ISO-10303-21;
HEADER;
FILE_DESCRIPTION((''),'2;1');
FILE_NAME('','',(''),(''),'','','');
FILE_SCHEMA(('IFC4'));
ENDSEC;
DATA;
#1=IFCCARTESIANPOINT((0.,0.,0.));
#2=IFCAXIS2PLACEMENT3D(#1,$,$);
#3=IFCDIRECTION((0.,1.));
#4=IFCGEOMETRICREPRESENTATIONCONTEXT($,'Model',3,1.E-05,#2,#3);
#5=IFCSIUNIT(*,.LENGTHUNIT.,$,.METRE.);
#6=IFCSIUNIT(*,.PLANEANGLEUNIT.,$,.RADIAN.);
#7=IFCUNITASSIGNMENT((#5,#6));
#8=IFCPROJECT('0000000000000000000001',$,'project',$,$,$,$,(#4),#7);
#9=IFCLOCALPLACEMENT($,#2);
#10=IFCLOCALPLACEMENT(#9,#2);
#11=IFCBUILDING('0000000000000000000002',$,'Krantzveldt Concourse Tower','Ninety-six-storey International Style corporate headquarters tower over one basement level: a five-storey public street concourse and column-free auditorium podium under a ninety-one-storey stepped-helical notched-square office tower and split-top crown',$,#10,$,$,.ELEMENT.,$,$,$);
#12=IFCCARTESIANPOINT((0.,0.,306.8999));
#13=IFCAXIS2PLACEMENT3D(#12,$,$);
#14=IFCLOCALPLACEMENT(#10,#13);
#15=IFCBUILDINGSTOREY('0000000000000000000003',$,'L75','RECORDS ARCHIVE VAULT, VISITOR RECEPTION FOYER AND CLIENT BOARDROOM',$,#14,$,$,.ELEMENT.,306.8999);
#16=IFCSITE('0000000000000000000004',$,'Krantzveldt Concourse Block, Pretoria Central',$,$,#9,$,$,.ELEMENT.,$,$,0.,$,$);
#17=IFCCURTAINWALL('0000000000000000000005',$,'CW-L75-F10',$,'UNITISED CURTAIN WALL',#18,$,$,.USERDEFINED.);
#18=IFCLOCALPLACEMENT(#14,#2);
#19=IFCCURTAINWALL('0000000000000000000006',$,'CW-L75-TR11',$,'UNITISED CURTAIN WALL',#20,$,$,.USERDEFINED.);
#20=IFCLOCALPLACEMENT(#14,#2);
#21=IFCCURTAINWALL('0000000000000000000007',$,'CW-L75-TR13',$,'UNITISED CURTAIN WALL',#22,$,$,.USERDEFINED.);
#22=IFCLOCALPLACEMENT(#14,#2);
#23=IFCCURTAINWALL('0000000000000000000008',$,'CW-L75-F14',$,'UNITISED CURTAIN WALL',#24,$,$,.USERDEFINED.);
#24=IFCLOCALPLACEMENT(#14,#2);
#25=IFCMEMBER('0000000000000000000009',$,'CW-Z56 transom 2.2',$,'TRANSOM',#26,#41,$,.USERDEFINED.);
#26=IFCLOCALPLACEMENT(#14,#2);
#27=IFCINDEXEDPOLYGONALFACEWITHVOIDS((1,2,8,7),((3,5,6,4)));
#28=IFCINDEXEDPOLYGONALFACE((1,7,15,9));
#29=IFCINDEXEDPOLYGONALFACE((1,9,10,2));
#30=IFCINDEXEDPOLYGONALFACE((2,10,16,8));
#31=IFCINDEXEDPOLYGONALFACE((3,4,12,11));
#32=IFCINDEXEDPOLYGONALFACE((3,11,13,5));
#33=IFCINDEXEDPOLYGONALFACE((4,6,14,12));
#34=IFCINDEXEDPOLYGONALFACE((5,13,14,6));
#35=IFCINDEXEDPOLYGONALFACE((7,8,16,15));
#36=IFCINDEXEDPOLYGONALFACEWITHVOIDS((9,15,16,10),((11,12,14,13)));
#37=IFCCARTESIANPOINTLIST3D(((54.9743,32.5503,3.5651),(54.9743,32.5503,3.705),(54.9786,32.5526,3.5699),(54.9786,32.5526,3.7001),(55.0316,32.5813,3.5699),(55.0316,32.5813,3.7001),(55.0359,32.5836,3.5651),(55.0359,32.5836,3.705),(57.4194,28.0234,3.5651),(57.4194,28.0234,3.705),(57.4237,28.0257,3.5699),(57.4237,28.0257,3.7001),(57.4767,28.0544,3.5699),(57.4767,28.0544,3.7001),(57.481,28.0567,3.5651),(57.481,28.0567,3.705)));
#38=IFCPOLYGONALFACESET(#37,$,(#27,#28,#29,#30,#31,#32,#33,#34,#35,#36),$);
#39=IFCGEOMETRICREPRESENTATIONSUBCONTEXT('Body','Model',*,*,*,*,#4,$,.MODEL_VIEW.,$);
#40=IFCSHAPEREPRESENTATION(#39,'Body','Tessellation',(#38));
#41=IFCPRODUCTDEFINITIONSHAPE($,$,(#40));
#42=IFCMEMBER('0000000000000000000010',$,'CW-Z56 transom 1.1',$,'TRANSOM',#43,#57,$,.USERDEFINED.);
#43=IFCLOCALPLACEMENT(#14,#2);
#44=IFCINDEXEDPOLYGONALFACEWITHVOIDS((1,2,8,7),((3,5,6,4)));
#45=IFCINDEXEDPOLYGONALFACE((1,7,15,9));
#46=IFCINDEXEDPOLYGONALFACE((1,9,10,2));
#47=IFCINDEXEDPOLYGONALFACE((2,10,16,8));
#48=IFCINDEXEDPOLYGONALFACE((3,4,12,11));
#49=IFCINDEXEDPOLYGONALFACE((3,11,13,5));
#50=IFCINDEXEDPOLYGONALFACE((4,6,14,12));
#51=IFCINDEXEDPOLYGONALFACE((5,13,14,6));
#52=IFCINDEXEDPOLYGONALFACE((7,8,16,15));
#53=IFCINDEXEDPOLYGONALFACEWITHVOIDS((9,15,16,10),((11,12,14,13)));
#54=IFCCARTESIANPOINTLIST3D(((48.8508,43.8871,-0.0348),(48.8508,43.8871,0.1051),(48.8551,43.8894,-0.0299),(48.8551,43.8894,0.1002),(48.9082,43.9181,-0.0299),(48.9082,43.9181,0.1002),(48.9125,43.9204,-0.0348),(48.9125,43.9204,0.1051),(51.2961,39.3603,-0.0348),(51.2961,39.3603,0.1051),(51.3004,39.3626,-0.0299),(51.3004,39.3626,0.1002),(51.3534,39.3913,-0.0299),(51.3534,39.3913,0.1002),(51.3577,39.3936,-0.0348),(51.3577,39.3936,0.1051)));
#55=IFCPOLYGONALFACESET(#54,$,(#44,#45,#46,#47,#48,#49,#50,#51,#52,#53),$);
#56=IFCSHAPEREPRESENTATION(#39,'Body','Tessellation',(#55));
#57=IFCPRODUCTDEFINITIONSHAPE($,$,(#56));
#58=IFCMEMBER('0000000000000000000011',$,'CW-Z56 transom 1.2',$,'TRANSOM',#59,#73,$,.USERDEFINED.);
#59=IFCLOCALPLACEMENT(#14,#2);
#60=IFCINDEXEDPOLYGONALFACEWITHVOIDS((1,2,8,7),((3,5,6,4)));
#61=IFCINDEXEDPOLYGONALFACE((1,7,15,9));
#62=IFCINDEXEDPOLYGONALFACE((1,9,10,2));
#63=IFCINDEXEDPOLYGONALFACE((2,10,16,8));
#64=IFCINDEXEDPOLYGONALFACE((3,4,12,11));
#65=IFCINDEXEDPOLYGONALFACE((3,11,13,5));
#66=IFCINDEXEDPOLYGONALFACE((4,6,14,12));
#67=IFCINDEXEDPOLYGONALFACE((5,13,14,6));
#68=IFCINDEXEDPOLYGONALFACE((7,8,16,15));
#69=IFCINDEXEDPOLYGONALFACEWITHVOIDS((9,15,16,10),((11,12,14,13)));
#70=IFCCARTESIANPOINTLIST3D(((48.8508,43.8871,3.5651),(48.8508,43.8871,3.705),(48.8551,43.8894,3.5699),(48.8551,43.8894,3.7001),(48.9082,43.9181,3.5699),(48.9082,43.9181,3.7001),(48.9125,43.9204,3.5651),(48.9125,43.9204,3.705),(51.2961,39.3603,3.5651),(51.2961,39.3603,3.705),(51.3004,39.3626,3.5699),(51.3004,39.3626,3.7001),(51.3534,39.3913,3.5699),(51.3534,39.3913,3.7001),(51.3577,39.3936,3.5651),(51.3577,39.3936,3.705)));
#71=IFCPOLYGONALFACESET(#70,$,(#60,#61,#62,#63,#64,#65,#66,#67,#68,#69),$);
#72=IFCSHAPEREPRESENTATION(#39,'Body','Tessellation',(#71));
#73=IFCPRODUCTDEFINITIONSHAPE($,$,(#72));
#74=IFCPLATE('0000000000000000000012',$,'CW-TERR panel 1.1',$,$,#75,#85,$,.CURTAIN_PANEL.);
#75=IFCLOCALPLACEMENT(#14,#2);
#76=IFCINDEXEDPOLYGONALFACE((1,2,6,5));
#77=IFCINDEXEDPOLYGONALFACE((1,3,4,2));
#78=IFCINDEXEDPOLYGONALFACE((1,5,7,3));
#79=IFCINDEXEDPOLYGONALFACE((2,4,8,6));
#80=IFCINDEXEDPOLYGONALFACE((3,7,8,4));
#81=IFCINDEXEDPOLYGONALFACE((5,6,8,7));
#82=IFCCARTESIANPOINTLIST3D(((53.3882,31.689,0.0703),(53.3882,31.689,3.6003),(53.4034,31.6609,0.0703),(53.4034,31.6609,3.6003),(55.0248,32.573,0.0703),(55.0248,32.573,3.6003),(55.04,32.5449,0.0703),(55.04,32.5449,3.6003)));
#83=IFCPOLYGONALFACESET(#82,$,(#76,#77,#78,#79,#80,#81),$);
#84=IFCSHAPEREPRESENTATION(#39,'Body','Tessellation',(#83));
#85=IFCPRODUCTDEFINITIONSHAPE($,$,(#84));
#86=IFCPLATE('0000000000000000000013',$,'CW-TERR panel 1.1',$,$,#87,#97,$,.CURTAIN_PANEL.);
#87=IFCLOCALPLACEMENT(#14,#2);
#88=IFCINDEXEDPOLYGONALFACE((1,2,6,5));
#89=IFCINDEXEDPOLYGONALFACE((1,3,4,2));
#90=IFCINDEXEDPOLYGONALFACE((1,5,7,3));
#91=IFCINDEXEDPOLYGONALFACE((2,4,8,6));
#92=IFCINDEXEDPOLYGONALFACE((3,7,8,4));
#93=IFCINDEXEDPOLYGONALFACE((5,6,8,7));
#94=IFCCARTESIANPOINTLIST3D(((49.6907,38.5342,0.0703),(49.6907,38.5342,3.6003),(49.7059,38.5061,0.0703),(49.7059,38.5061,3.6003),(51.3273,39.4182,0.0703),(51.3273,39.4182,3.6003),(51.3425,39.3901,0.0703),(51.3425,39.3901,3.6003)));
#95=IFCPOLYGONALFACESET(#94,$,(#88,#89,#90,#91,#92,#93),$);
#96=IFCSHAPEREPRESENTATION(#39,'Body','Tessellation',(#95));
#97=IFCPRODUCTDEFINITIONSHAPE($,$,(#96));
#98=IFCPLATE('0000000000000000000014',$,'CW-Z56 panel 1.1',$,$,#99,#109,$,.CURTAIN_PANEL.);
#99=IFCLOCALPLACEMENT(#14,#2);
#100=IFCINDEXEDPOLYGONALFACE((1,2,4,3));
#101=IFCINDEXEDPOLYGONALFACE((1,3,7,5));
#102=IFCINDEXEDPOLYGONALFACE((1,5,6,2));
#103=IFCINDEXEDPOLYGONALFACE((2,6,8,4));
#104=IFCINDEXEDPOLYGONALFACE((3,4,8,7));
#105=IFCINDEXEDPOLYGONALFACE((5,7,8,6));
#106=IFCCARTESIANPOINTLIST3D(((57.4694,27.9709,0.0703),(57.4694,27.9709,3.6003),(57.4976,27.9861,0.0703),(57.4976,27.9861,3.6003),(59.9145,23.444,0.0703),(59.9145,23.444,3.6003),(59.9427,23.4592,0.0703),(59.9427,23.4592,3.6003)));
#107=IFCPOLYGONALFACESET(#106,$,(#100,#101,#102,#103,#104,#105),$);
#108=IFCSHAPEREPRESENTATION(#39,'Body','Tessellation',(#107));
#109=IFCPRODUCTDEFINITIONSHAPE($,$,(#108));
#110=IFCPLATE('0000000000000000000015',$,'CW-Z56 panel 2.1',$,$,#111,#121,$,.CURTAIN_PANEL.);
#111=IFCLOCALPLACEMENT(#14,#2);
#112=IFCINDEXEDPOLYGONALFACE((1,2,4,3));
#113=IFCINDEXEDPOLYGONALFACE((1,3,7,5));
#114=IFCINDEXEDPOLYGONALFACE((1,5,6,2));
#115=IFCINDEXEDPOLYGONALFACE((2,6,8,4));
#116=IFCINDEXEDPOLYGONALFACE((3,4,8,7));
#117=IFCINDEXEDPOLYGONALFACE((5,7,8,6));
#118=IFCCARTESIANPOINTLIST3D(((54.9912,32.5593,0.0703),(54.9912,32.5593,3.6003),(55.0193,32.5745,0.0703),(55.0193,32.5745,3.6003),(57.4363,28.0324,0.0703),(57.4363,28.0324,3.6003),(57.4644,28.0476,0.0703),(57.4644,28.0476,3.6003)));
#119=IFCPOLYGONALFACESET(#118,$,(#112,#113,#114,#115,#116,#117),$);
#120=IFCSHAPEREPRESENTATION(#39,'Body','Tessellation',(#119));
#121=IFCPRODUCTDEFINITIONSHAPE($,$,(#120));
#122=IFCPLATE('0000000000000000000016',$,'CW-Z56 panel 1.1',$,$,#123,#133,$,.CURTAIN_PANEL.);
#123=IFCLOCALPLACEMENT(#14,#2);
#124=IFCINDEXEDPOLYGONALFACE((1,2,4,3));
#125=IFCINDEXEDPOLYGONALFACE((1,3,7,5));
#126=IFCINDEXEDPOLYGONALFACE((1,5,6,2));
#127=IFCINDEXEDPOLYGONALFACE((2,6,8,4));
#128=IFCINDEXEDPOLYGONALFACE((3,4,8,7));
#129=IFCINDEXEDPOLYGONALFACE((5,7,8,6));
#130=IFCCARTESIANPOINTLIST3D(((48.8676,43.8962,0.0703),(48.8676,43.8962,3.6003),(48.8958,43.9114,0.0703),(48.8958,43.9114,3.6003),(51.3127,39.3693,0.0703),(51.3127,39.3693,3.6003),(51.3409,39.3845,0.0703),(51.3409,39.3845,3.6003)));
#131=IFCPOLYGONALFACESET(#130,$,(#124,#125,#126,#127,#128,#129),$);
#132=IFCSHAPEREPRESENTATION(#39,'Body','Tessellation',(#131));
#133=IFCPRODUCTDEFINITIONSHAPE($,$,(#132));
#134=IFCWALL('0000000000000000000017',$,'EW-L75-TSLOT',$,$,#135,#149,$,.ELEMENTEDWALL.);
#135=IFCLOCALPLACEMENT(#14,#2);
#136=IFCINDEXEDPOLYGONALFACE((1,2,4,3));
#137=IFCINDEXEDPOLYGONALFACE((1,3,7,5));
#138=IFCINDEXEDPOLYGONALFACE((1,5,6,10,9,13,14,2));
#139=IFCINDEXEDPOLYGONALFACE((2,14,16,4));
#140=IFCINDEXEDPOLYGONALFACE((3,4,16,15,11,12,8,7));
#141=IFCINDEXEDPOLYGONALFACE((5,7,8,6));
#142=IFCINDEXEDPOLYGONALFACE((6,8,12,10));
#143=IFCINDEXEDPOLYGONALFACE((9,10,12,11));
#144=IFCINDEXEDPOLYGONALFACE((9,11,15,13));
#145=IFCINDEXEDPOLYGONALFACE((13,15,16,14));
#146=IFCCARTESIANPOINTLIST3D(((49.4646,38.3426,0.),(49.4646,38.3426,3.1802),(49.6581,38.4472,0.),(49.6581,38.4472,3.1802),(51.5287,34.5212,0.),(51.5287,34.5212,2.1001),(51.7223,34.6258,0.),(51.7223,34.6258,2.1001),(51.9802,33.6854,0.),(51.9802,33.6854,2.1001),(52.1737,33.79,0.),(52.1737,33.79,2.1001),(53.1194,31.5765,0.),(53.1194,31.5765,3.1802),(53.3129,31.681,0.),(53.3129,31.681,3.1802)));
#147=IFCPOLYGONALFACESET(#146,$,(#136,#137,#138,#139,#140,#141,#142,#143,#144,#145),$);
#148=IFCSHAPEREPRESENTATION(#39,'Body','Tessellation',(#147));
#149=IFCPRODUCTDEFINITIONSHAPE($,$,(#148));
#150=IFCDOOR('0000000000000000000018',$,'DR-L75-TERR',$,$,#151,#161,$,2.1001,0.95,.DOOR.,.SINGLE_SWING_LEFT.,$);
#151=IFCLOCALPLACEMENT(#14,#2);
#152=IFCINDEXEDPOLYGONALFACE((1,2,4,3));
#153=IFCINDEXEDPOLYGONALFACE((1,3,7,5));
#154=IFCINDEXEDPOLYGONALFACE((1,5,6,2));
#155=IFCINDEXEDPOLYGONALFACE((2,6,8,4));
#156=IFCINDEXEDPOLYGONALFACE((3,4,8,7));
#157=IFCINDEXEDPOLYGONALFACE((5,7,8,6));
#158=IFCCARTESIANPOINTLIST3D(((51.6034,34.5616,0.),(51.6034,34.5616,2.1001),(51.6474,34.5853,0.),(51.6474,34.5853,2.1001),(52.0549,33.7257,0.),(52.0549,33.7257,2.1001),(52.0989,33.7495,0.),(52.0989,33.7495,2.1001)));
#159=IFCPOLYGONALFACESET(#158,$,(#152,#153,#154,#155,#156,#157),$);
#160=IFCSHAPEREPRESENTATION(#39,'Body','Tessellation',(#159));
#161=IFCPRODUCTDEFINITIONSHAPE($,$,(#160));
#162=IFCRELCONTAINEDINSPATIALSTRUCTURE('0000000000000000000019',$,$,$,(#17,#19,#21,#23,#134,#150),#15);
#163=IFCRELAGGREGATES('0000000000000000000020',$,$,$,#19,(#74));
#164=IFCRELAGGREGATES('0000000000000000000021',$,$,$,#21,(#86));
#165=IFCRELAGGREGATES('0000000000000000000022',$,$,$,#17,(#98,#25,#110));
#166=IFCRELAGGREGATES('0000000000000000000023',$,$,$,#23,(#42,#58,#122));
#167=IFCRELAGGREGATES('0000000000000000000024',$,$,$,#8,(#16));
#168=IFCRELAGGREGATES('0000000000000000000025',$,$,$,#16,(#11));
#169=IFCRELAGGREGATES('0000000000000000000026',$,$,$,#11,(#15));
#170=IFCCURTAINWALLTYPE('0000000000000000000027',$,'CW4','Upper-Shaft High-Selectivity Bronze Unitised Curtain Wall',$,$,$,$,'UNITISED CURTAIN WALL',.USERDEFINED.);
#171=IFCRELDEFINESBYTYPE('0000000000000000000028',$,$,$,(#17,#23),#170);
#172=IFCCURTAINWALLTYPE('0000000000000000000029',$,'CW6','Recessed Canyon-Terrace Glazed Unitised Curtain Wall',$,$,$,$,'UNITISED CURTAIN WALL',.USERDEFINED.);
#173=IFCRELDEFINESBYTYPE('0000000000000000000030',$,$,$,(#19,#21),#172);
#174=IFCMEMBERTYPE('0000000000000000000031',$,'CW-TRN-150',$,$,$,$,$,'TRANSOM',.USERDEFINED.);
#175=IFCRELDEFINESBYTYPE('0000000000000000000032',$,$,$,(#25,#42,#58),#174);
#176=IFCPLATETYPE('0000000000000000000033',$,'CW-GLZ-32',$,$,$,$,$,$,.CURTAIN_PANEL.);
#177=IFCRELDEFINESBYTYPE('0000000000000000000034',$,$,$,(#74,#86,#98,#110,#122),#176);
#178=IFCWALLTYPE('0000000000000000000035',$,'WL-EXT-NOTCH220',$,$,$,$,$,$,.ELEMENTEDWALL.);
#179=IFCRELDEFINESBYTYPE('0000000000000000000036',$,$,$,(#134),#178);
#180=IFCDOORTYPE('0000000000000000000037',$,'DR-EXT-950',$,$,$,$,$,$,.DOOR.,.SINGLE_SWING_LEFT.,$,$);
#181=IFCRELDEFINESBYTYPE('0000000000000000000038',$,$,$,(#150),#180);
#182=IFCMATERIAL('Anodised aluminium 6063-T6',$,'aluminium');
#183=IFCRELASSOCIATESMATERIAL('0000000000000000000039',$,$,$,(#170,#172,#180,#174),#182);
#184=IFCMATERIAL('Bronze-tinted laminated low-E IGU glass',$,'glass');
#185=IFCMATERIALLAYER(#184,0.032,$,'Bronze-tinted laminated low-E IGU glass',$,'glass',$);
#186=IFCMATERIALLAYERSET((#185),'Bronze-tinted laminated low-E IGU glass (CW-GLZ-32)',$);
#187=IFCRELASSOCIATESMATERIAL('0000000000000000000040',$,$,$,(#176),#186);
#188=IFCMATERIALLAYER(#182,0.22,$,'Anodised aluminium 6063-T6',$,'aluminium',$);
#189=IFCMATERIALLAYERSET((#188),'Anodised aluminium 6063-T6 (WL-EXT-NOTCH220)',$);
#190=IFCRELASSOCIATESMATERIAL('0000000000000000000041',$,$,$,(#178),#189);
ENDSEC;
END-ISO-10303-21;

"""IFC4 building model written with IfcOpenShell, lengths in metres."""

from ifc_helpers import new_model, si_unit, direction, frame, frame_2d, origin, origin_2d, place, context, subcontext, project, spatial, rectangle, hollow_rectangle, extrude, source, transform, mapped, material, layer, layer_set, material_profile, profile_set, type_object, type_shapes, element, fill, aggregate, save


model = new_model("IFC4")

# Units and contexts
model_context = context("Model", 3, precision=1e-05, world=origin(), true_north=direction((0.0, 1.0)))
body_context = subcontext(model_context, "Body", "Model", "MODEL_VIEW")
ifc_project = project(units=[si_unit("LENGTHUNIT", "METRE"), si_unit("PLANEANGLEUNIT", "RADIAN")], contexts=[model_context])

# Site, building, storey
site_placement = place(None, origin())
site = spatial("IfcSite", under=ifc_project, at=site_placement, Name="Krantzveldt Concourse Block, Pretoria Central", CompositionType="ELEMENT", RefElevation=0.0)
building_placement = place(site_placement, origin())
building = spatial("IfcBuilding", under=site, at=building_placement, Name="Krantzveldt Concourse Tower", Description="Ninety-six-storey International Style corporate headquarters tower over one basement level: a five-storey public street concourse and column-free auditorium podium under a ninety-one-storey stepped-helical notched-square office tower and split-top crown", CompositionType="ELEMENT")
storey_placement = place(building_placement, frame((0.0, 0.0, 306.8999)))
storey = spatial("IfcBuildingStorey", under=building, at=storey_placement, Name="L75", Description="RECORDS ARCHIVE VAULT, VISITOR RECEPTION FOYER AND CLIENT BOARDROOM", CompositionType="ELEMENT", Elevation=306.8999)

# Curtain walls
ifc_material_1 = material(Name="Anodised aluminium 6063-T6", Category="aluminium")
curtain_wall_type_1 = type_object("IfcCurtainWallType", Name="CW4", Description="Upper-Shaft High-Selectivity Bronze Unitised Curtain Wall", ElementType="UNITISED CURTAIN WALL", PredefinedType="USERDEFINED", material=ifc_material_1)
curtain_wall_1_placement = place(storey_placement, origin())
curtain_wall_1 = element("IfcCurtainWall", 1, at=curtain_wall_1_placement, inside=storey, type_object=curtain_wall_type_1, Name="CW-L75-F10", ObjectType="UNITISED CURTAIN WALL", PredefinedType="USERDEFINED")
curtain_wall_type_2 = type_object("IfcCurtainWallType", Name="CW6", Description="Recessed Canyon-Terrace Glazed Unitised Curtain Wall", ElementType="UNITISED CURTAIN WALL", PredefinedType="USERDEFINED", material=ifc_material_1)
curtain_wall_2_placement = place(storey_placement, origin())
curtain_wall_2 = element("IfcCurtainWall", 2, at=curtain_wall_2_placement, inside=storey, type_object=curtain_wall_type_2, Name="CW-L75-TR11", ObjectType="UNITISED CURTAIN WALL", PredefinedType="USERDEFINED")
curtain_wall_3_placement = place(storey_placement, origin())
curtain_wall_3 = element("IfcCurtainWall", 3, at=curtain_wall_3_placement, inside=storey, type_object=curtain_wall_type_2, Name="CW-L75-TR13", ObjectType="UNITISED CURTAIN WALL", PredefinedType="USERDEFINED")
curtain_wall_4_placement = place(storey_placement, origin())
curtain_wall_4 = element("IfcCurtainWall", 4, at=curtain_wall_4_placement, inside=storey, type_object=curtain_wall_type_1, Name="CW-L75-F14", ObjectType="UNITISED CURTAIN WALL", PredefinedType="USERDEFINED")

# Members
ifc_material_profile_1 = material_profile(ifc_material_1, hollow_rectangle(XDim=0.0701, YDim=0.1399, WallThickness=0.0049, at=origin_2d()), Name="Anodised aluminium 6063-T6", Category="aluminium")
ifc_profile_set_1 = profile_set([ifc_material_profile_1], Name="Anodised aluminium 6063-T6 - ALU-TRAN 140x70x5")
member_type_1 = type_object("IfcMemberType", Name="CW-TRN-150", ElementType="TRANSOM", PredefinedType="USERDEFINED", material=ifc_profile_set_1)
shared_shape_1 = source(origin(), body_context, "Body", "SweptSolid", [
    extrude(hollow_rectangle(XDim=0.0701, YDim=0.1399, WallThickness=0.0049, at=origin_2d()), origin(), (0.0, 0.0, 1.0), 5.145),
])
member_1_placement = place(storey_placement, frame((57.4502, 28.04, 3.635), z_axis=(-0.475234, 0.879859, 0.0), x_axis=(-0.879859, -0.475234, 0.0)))
member_1 = element("IfcMember", 5, at=member_1_placement, type_object=member_type_1, Name="CW-Z56 transom 2.2", ObjectType="TRANSOM", PredefinedType="USERDEFINED", context=body_context, shape_type="MappedRepresentation", body=[
    mapped(shared_shape_1, transform((0.0, 0.0, 0.0), x_axis=(1.0, 0.0, 0.0), y_axis=(0.0, 1.0, 0.0), z_axis=(0.0, 0.0, 1.0), scale=1.0)),
])
member_2_placement = place(storey_placement, frame((51.3269, 39.377, 0.0352), z_axis=(-0.475271, 0.87984, 0.0), x_axis=(-0.87984, -0.475271, 0.0)))
member_2 = element("IfcMember", 6, at=member_2_placement, type_object=member_type_1, Name="CW-Z56 transom 1.1", ObjectType="TRANSOM", PredefinedType="USERDEFINED", context=body_context, shape_type="MappedRepresentation", body=[
    mapped(shared_shape_1, transform((0.0, 0.0, 0.0), x_axis=(1.0, 0.0, 0.0), y_axis=(0.0, 1.0, 0.0), z_axis=(0.0, 0.0, 1.0), scale=1.0)),
])
member_3_placement = place(storey_placement, frame((51.3269, 39.377, 3.635), z_axis=(-0.475271, 0.87984, 0.0), x_axis=(-0.87984, -0.475271, 0.0)))
member_3 = element("IfcMember", 7, at=member_3_placement, type_object=member_type_1, Name="CW-Z56 transom 1.2", ObjectType="TRANSOM", PredefinedType="USERDEFINED", context=body_context, shape_type="MappedRepresentation", body=[
    mapped(shared_shape_1, transform((0.0, 0.0, 0.0), x_axis=(1.0, 0.0, 0.0), y_axis=(0.0, 1.0, 0.0), z_axis=(0.0, 0.0, 1.0), scale=1.0)),
])

# Plates
ifc_material_2 = material(Name="Bronze-tinted laminated low-E IGU glass", Category="glass")
ifc_layer_1 = layer(ifc_material_2, 0.032, Name="Bronze-tinted laminated low-E IGU glass", Category="glass")
ifc_layer_set_1 = layer_set([ifc_layer_1], Name="Bronze-tinted laminated low-E IGU glass (CW-GLZ-32)")
plate_type = type_object("IfcPlateType", Name="CW-GLZ-32", PredefinedType="CURTAIN_PANEL", material=ifc_layer_set_1)
shared_shape_2 = source(origin(), body_context, "Body", "SweptSolid", [
    extrude(rectangle(XDim=1.8601, YDim=0.032, at=origin_2d()), origin(), (0.0, 0.0, 1.0), 3.53),
])
plate_1_placement = place(storey_placement, frame((54.2141, 32.1169, 0.0703), z_axis=(0.0, 0.0, 1.0), x_axis=(-0.879856, -0.475241, 0.0)))
plate_1 = element("IfcPlate", 8, at=plate_1_placement, type_object=plate_type, Name="CW-TERR panel 1.1", PredefinedType="CURTAIN_PANEL", context=body_context, shape_type="MappedRepresentation", body=[
    mapped(shared_shape_2, transform((0.0, 0.0, 0.0), x_axis=(1.0, 0.0, 0.0), y_axis=(0.0, 1.0, 0.0), z_axis=(0.0, 0.0, 1.0), scale=1.0)),
])
aggregate(curtain_wall_2, [plate_1])
plate_2_placement = place(storey_placement, frame((50.5166, 38.9622, 0.0703), z_axis=(0.0, 0.0, 1.0), x_axis=(0.879856, 0.475241, 0.0)))
plate_2 = element("IfcPlate", 9, at=plate_2_placement, type_object=plate_type, Name="CW-TERR panel 1.1", PredefinedType="CURTAIN_PANEL", context=body_context, shape_type="MappedRepresentation", body=[
    mapped(shared_shape_2, transform((0.0, 0.0, 0.0), x_axis=(1.0, 0.0, 0.0), y_axis=(0.0, 1.0, 0.0), z_axis=(0.0, 0.0, 1.0), scale=1.0)),
])
aggregate(curtain_wall_3, [plate_2])
shared_shape_3 = source(origin(), body_context, "Body", "SweptSolid", [
    extrude(rectangle(XDim=5.145, YDim=0.032, at=origin_2d()), origin(), (0.0, 0.0, 1.0), 3.53),
])
type_shapes(plate_type, [shared_shape_2, shared_shape_3])
plate_3_placement = place(storey_placement, frame((58.7061, 25.7151, 0.0703), z_axis=(0.0, 0.0, 1.0), x_axis=(-0.47524, 0.879856, 0.0)))
plate_3 = element("IfcPlate", 10, at=plate_3_placement, type_object=plate_type, Name="CW-Z56 panel 1.1", PredefinedType="CURTAIN_PANEL", context=body_context, shape_type="MappedRepresentation", body=[
    mapped(shared_shape_3, transform((0.0, 0.0, 0.0), x_axis=(1.0, 0.0, 0.0), y_axis=(0.0, 1.0, 0.0), z_axis=(0.0, 0.0, 1.0), scale=1.0)),
])
plate_4_placement = place(storey_placement, frame((56.2278, 30.3035, 0.0703), z_axis=(0.0, 0.0, 1.0), x_axis=(-0.47524, 0.879856, 0.0)))
plate_4 = element("IfcPlate", 11, at=plate_4_placement, type_object=plate_type, Name="CW-Z56 panel 2.1", PredefinedType="CURTAIN_PANEL", context=body_context, shape_type="MappedRepresentation", body=[
    mapped(shared_shape_3, transform((0.0, 0.0, 0.0), x_axis=(1.0, 0.0, 0.0), y_axis=(0.0, 1.0, 0.0), z_axis=(0.0, 0.0, 1.0), scale=1.0)),
])
aggregate(curtain_wall_1, [plate_3, member_1, plate_4])
plate_5_placement = place(storey_placement, frame((50.1042, 41.6404, 0.0703), z_axis=(0.0, 0.0, 1.0), x_axis=(-0.47524, 0.879856, 0.0)))
plate_5 = element("IfcPlate", 12, at=plate_5_placement, type_object=plate_type, Name="CW-Z56 panel 1.1", PredefinedType="CURTAIN_PANEL", context=body_context, shape_type="MappedRepresentation", body=[
    mapped(shared_shape_3, transform((0.0, 0.0, 0.0), x_axis=(1.0, 0.0, 0.0), y_axis=(0.0, 1.0, 0.0), z_axis=(0.0, 0.0, 1.0), scale=1.0)),
])
aggregate(curtain_wall_4, [member_2, member_3, plate_5])

# Wall, opening, door
ifc_layer_2 = layer(ifc_material_1, 0.22, Name="Anodised aluminium 6063-T6", Category="aluminium")
ifc_layer_set_2 = layer_set([ifc_layer_2], Name="Anodised aluminium 6063-T6 (WL-EXT-NOTCH220)")
wall_type = type_object("IfcWallType", Name="WL-EXT-NOTCH220", PredefinedType="ELEMENTEDWALL", material=ifc_layer_set_2)
wall_placement = place(storey_placement, frame((49.5613, 38.395, 0.0), z_axis=(0.0, 0.0, 1.0), x_axis=(0.475258, -0.879846, 0.0)))
wall = element("IfcWall", 13, at=wall_placement, inside=storey, type_object=wall_type, Name="EW-L75-TSLOT", PredefinedType="ELEMENTEDWALL", context=body_context, shape_type="SweptSolid", body=[
    extrude(rectangle(XDim=7.6902, YDim=0.22, at=frame_2d((3.8452, 0.0))), origin(), (0.0, 0.0, 1.0), 3.1802),
])
opening_placement = place(wall_placement, frame((4.3433, 0.0, 0.0)))
opening = element("IfcOpeningElement", 14, at=opening_placement, cuts=wall, PredefinedType="OPENING", context=body_context, shape_type="SweptSolid", body=[
    extrude(rectangle(XDim=0.95, YDim=2.1001, at=frame_2d((0.4751, 1.05))), frame((0.0, 0.1201, 0.0), z_axis=(0.0, -1.0, 0.0), x_axis=(1.0, 0.0, 0.0)), (0.0, 0.0, 1.0), 0.24),
])
door_type = type_object("IfcDoorType", Name="DR-EXT-950", OperationType="SINGLE_SWING_LEFT", PredefinedType="DOOR", material=ifc_material_1)
door_placement = place(opening_placement, origin())
door = element("IfcDoor", 15, at=door_placement, inside=storey, type_object=door_type, Name="DR-L75-TERR", OperationType="SINGLE_SWING_LEFT", OverallHeight=2.1001, OverallWidth=0.95, PredefinedType="DOOR", context=body_context, shape_type="SweptSolid", body=[
    extrude(rectangle(XDim=0.95, YDim=2.1001, at=frame_2d((0.4751, 1.05))), frame((0.0, 0.0249, 0.0), z_axis=(0.0, -1.0, 0.0), x_axis=(1.0, 0.0, 0.0)), (0.0, 0.0, 1.0), 0.05),
])
fill(opening, door)

save(model, "model.ifc")
